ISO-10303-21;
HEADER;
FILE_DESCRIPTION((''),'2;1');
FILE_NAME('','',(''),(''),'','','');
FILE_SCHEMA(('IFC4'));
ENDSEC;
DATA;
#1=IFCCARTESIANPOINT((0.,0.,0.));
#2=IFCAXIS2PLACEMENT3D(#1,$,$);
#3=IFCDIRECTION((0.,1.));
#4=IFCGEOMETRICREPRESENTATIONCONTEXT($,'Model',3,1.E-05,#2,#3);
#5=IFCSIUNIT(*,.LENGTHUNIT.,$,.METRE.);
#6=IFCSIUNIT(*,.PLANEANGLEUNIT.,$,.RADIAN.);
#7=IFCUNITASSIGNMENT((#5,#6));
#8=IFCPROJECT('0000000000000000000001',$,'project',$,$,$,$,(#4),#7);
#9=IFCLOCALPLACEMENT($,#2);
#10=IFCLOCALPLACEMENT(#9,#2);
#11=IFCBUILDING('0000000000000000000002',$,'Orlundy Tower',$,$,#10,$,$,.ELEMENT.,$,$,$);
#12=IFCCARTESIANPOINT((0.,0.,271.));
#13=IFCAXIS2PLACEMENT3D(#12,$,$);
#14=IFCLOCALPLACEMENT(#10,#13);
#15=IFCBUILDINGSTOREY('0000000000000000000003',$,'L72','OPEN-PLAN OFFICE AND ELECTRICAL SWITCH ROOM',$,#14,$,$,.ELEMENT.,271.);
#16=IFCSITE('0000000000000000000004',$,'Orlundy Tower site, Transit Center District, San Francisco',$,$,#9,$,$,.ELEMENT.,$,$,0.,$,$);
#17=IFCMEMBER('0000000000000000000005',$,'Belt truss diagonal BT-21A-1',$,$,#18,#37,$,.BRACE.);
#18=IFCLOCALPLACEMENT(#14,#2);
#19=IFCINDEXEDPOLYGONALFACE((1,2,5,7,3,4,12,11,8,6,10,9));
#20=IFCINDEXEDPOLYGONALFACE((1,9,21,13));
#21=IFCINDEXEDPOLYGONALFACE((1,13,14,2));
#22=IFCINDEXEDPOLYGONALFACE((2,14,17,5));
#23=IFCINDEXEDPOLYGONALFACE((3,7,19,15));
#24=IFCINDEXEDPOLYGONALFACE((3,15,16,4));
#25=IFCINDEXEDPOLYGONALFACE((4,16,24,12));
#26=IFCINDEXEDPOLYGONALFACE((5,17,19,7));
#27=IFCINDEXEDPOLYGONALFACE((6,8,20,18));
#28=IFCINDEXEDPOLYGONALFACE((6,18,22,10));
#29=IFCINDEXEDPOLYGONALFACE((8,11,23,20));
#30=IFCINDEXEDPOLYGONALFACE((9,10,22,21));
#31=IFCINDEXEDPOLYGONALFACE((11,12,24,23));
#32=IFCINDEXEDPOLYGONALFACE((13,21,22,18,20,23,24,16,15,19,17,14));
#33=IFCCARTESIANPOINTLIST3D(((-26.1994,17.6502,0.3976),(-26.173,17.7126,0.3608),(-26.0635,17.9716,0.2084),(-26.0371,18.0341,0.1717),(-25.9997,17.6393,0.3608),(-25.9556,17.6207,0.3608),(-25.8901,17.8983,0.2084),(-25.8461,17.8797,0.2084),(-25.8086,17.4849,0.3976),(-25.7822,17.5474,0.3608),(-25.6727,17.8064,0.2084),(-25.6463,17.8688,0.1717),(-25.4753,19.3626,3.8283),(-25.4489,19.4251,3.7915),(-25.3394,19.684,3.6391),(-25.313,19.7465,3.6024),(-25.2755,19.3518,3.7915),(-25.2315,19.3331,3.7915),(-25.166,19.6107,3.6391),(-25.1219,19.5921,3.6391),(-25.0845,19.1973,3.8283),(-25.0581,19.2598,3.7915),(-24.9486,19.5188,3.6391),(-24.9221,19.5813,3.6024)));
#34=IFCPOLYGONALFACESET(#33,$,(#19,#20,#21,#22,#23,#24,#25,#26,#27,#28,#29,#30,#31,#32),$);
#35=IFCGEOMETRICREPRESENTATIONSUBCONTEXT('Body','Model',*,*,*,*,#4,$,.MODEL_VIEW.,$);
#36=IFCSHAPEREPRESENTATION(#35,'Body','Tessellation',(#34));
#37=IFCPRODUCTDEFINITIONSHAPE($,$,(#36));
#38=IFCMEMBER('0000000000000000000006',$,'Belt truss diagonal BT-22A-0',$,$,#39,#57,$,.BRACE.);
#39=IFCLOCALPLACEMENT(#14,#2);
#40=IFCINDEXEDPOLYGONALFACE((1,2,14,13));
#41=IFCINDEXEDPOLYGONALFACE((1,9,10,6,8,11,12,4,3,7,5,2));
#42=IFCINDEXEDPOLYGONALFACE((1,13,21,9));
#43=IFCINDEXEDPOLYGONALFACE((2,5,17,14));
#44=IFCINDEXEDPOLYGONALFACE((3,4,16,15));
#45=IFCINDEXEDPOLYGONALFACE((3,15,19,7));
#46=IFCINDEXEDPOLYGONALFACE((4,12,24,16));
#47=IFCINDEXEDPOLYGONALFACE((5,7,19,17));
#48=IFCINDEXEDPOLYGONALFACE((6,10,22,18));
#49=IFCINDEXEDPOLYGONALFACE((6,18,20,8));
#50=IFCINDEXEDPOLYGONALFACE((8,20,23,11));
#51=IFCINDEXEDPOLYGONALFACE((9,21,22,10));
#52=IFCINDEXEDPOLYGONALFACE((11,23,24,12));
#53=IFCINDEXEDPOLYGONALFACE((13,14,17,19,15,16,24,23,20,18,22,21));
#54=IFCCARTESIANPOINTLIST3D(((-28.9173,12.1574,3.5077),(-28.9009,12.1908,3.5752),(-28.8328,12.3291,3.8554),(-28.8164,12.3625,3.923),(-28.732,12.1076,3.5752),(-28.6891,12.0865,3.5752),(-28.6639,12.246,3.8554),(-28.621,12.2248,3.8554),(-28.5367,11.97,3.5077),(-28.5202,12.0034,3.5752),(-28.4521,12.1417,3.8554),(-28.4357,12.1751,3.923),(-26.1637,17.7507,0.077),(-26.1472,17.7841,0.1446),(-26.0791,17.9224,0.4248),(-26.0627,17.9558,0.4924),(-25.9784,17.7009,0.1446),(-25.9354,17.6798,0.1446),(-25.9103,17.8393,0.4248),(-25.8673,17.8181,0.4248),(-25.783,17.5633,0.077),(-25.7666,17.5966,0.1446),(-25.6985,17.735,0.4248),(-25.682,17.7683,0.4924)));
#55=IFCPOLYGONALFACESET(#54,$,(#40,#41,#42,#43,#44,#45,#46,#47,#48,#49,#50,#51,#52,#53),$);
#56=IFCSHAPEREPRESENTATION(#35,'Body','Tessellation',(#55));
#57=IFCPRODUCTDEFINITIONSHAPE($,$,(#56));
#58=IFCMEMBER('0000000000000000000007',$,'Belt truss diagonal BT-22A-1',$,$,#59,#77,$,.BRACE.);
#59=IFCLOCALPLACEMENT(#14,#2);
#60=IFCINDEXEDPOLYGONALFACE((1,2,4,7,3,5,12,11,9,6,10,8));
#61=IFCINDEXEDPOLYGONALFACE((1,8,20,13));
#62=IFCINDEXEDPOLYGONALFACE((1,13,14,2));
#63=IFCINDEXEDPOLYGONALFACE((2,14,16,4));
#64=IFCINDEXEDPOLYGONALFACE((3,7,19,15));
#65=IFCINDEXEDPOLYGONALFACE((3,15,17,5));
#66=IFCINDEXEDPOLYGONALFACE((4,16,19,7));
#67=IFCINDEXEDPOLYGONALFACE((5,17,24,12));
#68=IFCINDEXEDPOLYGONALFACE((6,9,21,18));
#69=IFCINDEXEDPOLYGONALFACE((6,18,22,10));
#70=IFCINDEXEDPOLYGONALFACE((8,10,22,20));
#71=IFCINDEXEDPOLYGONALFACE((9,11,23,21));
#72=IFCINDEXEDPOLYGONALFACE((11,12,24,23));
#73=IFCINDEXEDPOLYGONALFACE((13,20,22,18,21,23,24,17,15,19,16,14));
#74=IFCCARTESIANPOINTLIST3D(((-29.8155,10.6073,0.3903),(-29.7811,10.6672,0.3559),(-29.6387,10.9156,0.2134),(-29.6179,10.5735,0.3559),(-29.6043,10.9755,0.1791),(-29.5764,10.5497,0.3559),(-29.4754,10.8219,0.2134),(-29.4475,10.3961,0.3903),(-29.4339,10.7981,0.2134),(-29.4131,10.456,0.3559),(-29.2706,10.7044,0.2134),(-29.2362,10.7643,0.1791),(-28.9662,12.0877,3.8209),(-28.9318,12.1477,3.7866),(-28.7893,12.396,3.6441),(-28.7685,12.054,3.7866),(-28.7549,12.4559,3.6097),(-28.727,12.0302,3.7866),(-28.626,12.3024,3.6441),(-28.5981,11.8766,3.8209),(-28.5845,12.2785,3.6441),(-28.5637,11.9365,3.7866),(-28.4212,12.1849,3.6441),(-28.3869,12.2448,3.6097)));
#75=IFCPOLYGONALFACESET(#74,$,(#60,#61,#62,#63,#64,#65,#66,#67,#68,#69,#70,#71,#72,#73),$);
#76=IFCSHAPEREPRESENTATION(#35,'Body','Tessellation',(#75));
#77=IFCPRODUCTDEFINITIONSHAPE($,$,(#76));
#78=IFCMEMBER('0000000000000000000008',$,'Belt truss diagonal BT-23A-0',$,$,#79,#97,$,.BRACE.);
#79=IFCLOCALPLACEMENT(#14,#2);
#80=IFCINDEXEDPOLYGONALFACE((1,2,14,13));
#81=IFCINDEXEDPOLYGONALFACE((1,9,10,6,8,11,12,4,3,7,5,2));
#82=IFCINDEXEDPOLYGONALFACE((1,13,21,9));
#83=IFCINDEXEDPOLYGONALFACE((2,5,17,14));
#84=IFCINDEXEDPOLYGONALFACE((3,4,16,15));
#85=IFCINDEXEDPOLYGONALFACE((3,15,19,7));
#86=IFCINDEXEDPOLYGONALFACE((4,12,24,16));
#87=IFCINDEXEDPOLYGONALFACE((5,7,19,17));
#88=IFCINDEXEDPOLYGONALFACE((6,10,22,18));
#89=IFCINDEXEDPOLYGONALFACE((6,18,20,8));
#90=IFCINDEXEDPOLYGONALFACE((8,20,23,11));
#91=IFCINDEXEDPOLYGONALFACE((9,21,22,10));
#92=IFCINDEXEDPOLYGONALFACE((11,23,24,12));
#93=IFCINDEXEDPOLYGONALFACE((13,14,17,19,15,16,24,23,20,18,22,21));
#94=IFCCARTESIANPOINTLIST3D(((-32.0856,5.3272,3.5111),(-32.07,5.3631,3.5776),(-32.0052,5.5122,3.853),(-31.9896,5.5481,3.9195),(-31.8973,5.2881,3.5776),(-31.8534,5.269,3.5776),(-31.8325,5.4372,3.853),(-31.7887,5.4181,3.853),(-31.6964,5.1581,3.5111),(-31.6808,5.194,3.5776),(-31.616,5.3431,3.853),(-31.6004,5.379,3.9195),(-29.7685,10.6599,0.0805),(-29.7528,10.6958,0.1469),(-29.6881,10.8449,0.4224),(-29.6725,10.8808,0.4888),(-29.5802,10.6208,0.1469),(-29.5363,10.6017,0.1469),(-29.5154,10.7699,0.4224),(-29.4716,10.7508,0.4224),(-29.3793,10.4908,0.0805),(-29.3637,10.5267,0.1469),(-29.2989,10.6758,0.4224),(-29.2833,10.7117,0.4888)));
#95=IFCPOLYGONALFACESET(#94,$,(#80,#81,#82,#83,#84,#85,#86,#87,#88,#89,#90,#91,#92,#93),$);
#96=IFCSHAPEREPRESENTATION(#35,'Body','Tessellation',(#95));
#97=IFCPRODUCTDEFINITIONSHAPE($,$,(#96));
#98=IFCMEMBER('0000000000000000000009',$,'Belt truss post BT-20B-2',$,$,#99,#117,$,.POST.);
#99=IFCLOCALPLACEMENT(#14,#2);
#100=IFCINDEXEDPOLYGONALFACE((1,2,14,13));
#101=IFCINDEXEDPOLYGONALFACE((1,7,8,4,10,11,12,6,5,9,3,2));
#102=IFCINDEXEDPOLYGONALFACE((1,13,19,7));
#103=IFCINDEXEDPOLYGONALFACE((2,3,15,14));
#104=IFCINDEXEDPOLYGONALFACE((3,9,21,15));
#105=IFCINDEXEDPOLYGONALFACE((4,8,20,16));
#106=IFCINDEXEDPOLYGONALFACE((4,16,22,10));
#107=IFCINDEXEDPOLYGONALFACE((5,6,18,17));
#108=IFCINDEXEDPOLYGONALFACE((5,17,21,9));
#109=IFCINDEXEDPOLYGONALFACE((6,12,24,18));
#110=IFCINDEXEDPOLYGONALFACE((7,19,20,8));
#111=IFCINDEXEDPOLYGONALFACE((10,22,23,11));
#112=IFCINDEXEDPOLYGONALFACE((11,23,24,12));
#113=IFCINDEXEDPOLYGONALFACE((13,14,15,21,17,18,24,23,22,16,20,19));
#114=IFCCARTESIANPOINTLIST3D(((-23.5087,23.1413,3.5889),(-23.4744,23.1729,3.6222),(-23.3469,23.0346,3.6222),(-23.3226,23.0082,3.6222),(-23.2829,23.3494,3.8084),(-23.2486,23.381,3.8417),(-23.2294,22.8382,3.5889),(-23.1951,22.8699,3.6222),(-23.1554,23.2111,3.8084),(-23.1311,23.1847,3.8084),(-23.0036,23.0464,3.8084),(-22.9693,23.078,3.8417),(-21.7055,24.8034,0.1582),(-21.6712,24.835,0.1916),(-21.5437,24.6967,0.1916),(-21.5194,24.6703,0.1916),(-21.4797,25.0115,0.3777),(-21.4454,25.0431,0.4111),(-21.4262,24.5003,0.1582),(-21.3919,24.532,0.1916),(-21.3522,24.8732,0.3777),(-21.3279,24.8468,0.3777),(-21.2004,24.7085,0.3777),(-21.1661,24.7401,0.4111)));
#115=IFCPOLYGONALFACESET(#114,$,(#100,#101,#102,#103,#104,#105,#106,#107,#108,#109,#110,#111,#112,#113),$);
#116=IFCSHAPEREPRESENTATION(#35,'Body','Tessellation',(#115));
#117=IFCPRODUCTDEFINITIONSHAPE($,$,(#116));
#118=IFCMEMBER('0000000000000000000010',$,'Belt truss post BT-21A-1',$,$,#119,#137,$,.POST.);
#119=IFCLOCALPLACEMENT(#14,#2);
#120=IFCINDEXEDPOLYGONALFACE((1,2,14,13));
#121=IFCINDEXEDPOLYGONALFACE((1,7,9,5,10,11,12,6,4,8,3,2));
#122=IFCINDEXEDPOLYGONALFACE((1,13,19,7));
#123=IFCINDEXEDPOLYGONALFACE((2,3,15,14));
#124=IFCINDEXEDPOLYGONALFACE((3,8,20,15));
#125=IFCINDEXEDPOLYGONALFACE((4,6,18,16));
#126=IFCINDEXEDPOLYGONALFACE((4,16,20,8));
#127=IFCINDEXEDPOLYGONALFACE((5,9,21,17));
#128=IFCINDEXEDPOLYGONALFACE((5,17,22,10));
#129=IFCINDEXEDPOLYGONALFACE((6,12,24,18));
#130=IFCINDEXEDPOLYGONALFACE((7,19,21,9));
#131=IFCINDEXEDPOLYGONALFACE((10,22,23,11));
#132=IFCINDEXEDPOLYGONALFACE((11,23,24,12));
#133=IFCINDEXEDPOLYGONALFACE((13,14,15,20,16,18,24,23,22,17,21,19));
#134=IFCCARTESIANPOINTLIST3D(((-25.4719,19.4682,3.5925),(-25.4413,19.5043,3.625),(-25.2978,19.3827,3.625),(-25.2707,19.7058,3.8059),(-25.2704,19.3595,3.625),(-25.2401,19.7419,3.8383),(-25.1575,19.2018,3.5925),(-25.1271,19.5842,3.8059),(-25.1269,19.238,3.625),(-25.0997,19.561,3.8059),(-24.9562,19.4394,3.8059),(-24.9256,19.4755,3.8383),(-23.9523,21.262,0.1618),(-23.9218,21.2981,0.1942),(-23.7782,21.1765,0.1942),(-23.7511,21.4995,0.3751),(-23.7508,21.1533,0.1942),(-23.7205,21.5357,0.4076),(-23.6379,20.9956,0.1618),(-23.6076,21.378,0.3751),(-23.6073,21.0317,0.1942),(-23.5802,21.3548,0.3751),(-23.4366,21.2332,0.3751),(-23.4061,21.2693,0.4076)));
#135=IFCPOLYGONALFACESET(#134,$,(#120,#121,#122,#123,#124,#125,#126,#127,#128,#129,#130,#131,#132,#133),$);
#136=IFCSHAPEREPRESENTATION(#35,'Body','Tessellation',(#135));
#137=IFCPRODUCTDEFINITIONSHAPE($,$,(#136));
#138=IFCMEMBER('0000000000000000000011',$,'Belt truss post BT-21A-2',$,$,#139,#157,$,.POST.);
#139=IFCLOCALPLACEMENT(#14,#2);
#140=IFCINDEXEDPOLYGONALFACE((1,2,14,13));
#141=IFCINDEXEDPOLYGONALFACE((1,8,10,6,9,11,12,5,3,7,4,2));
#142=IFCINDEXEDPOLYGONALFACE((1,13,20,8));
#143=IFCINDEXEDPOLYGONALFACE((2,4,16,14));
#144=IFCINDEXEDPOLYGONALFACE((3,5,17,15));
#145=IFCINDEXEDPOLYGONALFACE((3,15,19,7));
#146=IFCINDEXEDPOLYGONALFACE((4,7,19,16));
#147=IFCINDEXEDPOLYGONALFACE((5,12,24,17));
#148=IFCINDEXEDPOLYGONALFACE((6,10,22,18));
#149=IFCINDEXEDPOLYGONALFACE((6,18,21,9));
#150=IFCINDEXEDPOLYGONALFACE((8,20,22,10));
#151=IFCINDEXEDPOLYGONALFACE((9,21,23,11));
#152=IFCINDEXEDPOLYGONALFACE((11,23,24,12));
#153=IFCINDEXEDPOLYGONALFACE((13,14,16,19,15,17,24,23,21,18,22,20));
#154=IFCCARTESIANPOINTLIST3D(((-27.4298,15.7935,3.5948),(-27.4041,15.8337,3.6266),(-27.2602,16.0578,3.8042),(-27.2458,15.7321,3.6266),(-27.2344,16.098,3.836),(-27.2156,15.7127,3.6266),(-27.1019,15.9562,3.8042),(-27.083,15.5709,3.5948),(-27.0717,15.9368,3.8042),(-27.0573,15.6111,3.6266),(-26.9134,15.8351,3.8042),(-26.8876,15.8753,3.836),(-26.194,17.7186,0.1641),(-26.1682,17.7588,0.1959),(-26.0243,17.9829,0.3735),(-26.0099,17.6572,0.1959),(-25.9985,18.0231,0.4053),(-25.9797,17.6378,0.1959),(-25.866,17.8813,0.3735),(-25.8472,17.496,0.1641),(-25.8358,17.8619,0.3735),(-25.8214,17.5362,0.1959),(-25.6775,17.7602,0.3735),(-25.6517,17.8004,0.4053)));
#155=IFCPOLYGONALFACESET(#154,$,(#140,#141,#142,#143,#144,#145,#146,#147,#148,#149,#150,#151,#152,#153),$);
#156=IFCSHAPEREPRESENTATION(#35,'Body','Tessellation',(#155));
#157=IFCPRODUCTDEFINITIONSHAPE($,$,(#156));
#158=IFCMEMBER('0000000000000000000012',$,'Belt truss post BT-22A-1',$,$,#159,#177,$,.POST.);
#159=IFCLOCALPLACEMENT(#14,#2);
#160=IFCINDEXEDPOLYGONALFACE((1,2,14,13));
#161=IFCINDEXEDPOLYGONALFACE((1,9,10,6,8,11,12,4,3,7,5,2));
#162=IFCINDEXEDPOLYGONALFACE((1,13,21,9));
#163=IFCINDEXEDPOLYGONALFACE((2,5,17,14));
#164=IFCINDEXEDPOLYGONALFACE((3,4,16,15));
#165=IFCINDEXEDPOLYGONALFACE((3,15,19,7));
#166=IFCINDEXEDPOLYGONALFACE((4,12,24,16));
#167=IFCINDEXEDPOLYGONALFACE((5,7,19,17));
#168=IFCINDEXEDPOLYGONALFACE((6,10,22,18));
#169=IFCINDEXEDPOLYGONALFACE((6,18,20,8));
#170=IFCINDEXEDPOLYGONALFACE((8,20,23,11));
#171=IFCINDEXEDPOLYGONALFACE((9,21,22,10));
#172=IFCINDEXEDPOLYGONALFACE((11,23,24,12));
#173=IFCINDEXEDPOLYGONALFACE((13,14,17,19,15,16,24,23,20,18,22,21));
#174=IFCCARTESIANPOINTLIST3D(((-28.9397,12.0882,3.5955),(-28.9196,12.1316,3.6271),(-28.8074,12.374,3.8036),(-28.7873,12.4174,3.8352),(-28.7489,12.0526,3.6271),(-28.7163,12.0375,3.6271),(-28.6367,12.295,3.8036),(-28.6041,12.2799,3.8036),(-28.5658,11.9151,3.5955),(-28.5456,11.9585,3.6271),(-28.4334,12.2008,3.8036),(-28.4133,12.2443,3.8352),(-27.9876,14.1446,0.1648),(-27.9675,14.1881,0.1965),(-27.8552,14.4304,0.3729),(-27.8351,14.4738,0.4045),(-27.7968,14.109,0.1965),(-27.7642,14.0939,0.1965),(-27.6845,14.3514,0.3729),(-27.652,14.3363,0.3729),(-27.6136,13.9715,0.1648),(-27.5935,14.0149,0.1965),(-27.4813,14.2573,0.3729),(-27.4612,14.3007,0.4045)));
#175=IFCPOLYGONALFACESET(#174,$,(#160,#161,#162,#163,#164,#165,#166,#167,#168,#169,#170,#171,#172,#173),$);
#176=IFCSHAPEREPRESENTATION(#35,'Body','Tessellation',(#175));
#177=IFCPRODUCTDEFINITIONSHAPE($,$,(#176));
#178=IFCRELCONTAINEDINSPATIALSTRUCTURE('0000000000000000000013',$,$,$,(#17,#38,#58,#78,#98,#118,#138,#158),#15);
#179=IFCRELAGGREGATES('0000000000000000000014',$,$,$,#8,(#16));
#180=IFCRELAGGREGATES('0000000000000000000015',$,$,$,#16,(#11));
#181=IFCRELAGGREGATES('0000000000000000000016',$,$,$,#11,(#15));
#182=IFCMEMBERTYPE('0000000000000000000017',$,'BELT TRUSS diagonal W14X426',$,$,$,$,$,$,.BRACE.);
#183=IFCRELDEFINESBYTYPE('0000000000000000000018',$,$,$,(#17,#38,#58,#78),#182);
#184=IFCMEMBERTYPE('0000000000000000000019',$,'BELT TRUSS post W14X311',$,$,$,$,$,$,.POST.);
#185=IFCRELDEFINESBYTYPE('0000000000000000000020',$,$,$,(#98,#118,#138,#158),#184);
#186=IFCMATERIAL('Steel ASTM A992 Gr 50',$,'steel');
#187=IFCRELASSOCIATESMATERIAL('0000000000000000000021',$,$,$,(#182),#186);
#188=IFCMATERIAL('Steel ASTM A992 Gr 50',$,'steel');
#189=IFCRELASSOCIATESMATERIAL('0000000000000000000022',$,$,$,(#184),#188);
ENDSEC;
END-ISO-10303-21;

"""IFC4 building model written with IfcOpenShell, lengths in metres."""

from ifc_helpers import new_model, si_unit, direction, frame, origin, origin_2d, place, context, subcontext, project, spatial, i_section, extrude, material, material_profile, profile_set, type_object, element, save


model = new_model("IFC4")

# Units and contexts
model_context = context("Model", 3, precision=1e-05, world=origin(), true_north=direction((0.0, 1.0)))
body_context = subcontext(model_context, "Body", "Model", "MODEL_VIEW")
ifc_project = project(units=[si_unit("LENGTHUNIT", "METRE"), si_unit("PLANEANGLEUNIT", "RADIAN")], contexts=[model_context])

# Site, building, storey
site_placement = place(None, origin())
site = spatial("IfcSite", under=ifc_project, at=site_placement, Name="Orlundy Tower site, Transit Center District, San Francisco", CompositionType="ELEMENT", RefElevation=0.0)
building_placement = place(site_placement, origin())
building = spatial("IfcBuilding", under=site, at=building_placement, Name="Orlundy Tower", CompositionType="ELEMENT")
storey_placement = place(building_placement, frame((0.0, 0.0, 271.0)))
storey = spatial("IfcBuildingStorey", under=building, at=storey_placement, Name="L72", Description="OPEN-PLAN OFFICE AND ELECTRICAL SWITCH ROOM", CompositionType="ELEMENT", Elevation=271.0)

# Members
ifc_material_1 = material(Name="Steel ASTM A992 Gr 50", Category="steel")
ifc_material_profile_1 = material_profile(ifc_material_1, i_section(OverallWidth=0.4243, OverallDepth=0.4741, WebThickness=0.0479, FlangeThickness=0.0771, at=origin_2d()), Name="W14X426")
ifc_profile_set_1 = profile_set([ifc_material_profile_1], Name="Steel ASTM A992 Gr 50")
member_type_1 = type_object("IfcMemberType", Name="BELT TRUSS diagonal W14X426", PredefinedType="BRACE", material=ifc_profile_set_1)
member_1_placement = place(storey_placement, frame((-25.1987, 19.4719, 3.7153), z_axis=(-0.185574, -0.438845, -0.879191), x_axis=(0.921036, -0.389477, 0.0)))
element("IfcMember", 1, at=member_1_placement, inside=storey, type_object=member_type_1, Name="Belt truss diagonal BT-21A-1", PredefinedType="BRACE", context=body_context, shape_type="SweptSolid", body=[
    extrude(i_section(OverallWidth=0.4243, OverallDepth=0.4741, WebThickness=0.0479, FlangeThickness=0.0771, at=origin_2d()), origin(), (0.0, 0.0, 1.0), 3.9021),
])
member_2_placement = place(storey_placement, frame((-25.9229, 17.7595, 0.2847), z_axis=(-0.386971, -0.786018, 0.482109), x_axis=(0.897167, -0.441691, 0.0)))
element("IfcMember", 2, at=member_2_placement, inside=storey, type_object=member_type_1, Name="Belt truss diagonal BT-22A-0", PredefinedType="BRACE", context=body_context, shape_type="SweptSolid", body=[
    extrude(i_section(OverallWidth=0.4243, OverallDepth=0.4741, WebThickness=0.0479, FlangeThickness=0.0771, at=origin_2d()), origin(), (0.0, 0.0, 1.0), 7.116),
])
member_3_placement = place(storey_placement, frame((-28.6765, 12.1663, 3.7153), z_axis=(-0.221662, -0.386364, -0.895315), x_axis=(0.867388, -0.497632, 0.0)))
element("IfcMember", 3, at=member_3_placement, inside=storey, type_object=member_type_1, Name="Belt truss diagonal BT-22A-1", PredefinedType="BRACE", context=body_context, shape_type="SweptSolid", body=[
    extrude(i_section(OverallWidth=0.4243, OverallDepth=0.4741, WebThickness=0.0479, FlangeThickness=0.0771, at=origin_2d()), origin(), (0.0, 0.0, 1.0), 3.8318),
])
member_4_placement = place(storey_placement, frame((-29.5259, 10.6858, 0.2847), z_axis=(-0.343225, -0.789914, 0.508166), x_axis=(0.917161, -0.398516, 0.0)))
element("IfcMember", 4, at=member_4_placement, inside=storey, type_object=member_type_1, Name="Belt truss diagonal BT-23A-0", PredefinedType="BRACE", context=body_context, shape_type="SweptSolid", body=[
    extrude(i_section(OverallWidth=0.4243, OverallDepth=0.4741, WebThickness=0.0479, FlangeThickness=0.0771, at=origin_2d()), origin(), (0.0, 0.0, 1.0), 6.751),
])
ifc_material_2 = material(Name="Steel ASTM A992 Gr 50", Category="steel")
ifc_material_profile_2 = material_profile(ifc_material_2, i_section(OverallWidth=0.4121, OverallDepth=0.4348, WebThickness=0.0359, FlangeThickness=0.0574, at=origin_2d()), Name="W14X311")
ifc_profile_set_2 = profile_set([ifc_material_profile_2], Name="Steel ASTM A992 Gr 50")
member_type_2 = type_object("IfcMemberType", Name="BELT TRUSS post W14X311", PredefinedType="POST", material=ifc_profile_set_2)
member_5_placement = place(storey_placement, frame((-21.4358, 24.7717, 0.2847), z_axis=(-0.427601, -0.394138, 0.813518), x_axis=(0.677751, -0.735292, 0.0)))
element("IfcMember", 5, at=member_5_placement, inside=storey, type_object=member_type_2, Name="Belt truss post BT-20B-2", PredefinedType="POST", context=body_context, shape_type="SweptSolid", body=[
    extrude(i_section(OverallWidth=0.4121, OverallDepth=0.4348, WebThickness=0.0359, FlangeThickness=0.0574, at=origin_2d()), origin(), (0.0, 0.0, 1.0), 4.217),
])
member_6_placement = place(storey_placement, frame((-23.6792, 21.2656, 0.2847), z_axis=(-0.365375, -0.4313, 0.824913), x_axis=(0.763012, -0.646384, 0.0)))
element("IfcMember", 6, at=member_6_placement, inside=storey, type_object=member_type_2, Name="Belt truss post BT-21A-1", PredefinedType="POST", context=body_context, shape_type="SweptSolid", body=[
    extrude(i_section(OverallWidth=0.4121, OverallDepth=0.4348, WebThickness=0.0359, FlangeThickness=0.0574, at=origin_2d()), origin(), (0.0, 0.0, 1.0), 4.1589),
])
member_7_placement = place(storey_placement, frame((-25.9229, 17.7595, 0.2847), z_axis=(-0.299713, -0.466858, 0.831995), x_axis=(0.841515, -0.540234, 0.0)))
element("IfcMember", 7, at=member_7_placement, inside=storey, type_object=member_type_2, Name="Belt truss post BT-21A-2", PredefinedType="POST", context=body_context, shape_type="SweptSolid", body=[
    extrude(i_section(OverallWidth=0.4121, OverallDepth=0.4348, WebThickness=0.0359, FlangeThickness=0.0574, at=origin_2d()), origin(), (0.0, 0.0, 1.0), 4.1235),
])
member_8_placement = place(storey_placement, frame((-27.7244, 14.2227, 0.2847), z_axis=(-0.231579, -0.500152, 0.834398), x_axis=(0.907448, -0.420165, 0.0)))
element("IfcMember", 8, at=member_8_placement, inside=storey, type_object=member_type_2, Name="Belt truss post BT-22A-1", PredefinedType="POST", context=body_context, shape_type="SweptSolid", body=[
    extrude(i_section(OverallWidth=0.4121, OverallDepth=0.4348, WebThickness=0.0359, FlangeThickness=0.0574, at=origin_2d()), origin(), (0.0, 0.0, 1.0), 4.1116),
])

save(model, "model.ifc")
